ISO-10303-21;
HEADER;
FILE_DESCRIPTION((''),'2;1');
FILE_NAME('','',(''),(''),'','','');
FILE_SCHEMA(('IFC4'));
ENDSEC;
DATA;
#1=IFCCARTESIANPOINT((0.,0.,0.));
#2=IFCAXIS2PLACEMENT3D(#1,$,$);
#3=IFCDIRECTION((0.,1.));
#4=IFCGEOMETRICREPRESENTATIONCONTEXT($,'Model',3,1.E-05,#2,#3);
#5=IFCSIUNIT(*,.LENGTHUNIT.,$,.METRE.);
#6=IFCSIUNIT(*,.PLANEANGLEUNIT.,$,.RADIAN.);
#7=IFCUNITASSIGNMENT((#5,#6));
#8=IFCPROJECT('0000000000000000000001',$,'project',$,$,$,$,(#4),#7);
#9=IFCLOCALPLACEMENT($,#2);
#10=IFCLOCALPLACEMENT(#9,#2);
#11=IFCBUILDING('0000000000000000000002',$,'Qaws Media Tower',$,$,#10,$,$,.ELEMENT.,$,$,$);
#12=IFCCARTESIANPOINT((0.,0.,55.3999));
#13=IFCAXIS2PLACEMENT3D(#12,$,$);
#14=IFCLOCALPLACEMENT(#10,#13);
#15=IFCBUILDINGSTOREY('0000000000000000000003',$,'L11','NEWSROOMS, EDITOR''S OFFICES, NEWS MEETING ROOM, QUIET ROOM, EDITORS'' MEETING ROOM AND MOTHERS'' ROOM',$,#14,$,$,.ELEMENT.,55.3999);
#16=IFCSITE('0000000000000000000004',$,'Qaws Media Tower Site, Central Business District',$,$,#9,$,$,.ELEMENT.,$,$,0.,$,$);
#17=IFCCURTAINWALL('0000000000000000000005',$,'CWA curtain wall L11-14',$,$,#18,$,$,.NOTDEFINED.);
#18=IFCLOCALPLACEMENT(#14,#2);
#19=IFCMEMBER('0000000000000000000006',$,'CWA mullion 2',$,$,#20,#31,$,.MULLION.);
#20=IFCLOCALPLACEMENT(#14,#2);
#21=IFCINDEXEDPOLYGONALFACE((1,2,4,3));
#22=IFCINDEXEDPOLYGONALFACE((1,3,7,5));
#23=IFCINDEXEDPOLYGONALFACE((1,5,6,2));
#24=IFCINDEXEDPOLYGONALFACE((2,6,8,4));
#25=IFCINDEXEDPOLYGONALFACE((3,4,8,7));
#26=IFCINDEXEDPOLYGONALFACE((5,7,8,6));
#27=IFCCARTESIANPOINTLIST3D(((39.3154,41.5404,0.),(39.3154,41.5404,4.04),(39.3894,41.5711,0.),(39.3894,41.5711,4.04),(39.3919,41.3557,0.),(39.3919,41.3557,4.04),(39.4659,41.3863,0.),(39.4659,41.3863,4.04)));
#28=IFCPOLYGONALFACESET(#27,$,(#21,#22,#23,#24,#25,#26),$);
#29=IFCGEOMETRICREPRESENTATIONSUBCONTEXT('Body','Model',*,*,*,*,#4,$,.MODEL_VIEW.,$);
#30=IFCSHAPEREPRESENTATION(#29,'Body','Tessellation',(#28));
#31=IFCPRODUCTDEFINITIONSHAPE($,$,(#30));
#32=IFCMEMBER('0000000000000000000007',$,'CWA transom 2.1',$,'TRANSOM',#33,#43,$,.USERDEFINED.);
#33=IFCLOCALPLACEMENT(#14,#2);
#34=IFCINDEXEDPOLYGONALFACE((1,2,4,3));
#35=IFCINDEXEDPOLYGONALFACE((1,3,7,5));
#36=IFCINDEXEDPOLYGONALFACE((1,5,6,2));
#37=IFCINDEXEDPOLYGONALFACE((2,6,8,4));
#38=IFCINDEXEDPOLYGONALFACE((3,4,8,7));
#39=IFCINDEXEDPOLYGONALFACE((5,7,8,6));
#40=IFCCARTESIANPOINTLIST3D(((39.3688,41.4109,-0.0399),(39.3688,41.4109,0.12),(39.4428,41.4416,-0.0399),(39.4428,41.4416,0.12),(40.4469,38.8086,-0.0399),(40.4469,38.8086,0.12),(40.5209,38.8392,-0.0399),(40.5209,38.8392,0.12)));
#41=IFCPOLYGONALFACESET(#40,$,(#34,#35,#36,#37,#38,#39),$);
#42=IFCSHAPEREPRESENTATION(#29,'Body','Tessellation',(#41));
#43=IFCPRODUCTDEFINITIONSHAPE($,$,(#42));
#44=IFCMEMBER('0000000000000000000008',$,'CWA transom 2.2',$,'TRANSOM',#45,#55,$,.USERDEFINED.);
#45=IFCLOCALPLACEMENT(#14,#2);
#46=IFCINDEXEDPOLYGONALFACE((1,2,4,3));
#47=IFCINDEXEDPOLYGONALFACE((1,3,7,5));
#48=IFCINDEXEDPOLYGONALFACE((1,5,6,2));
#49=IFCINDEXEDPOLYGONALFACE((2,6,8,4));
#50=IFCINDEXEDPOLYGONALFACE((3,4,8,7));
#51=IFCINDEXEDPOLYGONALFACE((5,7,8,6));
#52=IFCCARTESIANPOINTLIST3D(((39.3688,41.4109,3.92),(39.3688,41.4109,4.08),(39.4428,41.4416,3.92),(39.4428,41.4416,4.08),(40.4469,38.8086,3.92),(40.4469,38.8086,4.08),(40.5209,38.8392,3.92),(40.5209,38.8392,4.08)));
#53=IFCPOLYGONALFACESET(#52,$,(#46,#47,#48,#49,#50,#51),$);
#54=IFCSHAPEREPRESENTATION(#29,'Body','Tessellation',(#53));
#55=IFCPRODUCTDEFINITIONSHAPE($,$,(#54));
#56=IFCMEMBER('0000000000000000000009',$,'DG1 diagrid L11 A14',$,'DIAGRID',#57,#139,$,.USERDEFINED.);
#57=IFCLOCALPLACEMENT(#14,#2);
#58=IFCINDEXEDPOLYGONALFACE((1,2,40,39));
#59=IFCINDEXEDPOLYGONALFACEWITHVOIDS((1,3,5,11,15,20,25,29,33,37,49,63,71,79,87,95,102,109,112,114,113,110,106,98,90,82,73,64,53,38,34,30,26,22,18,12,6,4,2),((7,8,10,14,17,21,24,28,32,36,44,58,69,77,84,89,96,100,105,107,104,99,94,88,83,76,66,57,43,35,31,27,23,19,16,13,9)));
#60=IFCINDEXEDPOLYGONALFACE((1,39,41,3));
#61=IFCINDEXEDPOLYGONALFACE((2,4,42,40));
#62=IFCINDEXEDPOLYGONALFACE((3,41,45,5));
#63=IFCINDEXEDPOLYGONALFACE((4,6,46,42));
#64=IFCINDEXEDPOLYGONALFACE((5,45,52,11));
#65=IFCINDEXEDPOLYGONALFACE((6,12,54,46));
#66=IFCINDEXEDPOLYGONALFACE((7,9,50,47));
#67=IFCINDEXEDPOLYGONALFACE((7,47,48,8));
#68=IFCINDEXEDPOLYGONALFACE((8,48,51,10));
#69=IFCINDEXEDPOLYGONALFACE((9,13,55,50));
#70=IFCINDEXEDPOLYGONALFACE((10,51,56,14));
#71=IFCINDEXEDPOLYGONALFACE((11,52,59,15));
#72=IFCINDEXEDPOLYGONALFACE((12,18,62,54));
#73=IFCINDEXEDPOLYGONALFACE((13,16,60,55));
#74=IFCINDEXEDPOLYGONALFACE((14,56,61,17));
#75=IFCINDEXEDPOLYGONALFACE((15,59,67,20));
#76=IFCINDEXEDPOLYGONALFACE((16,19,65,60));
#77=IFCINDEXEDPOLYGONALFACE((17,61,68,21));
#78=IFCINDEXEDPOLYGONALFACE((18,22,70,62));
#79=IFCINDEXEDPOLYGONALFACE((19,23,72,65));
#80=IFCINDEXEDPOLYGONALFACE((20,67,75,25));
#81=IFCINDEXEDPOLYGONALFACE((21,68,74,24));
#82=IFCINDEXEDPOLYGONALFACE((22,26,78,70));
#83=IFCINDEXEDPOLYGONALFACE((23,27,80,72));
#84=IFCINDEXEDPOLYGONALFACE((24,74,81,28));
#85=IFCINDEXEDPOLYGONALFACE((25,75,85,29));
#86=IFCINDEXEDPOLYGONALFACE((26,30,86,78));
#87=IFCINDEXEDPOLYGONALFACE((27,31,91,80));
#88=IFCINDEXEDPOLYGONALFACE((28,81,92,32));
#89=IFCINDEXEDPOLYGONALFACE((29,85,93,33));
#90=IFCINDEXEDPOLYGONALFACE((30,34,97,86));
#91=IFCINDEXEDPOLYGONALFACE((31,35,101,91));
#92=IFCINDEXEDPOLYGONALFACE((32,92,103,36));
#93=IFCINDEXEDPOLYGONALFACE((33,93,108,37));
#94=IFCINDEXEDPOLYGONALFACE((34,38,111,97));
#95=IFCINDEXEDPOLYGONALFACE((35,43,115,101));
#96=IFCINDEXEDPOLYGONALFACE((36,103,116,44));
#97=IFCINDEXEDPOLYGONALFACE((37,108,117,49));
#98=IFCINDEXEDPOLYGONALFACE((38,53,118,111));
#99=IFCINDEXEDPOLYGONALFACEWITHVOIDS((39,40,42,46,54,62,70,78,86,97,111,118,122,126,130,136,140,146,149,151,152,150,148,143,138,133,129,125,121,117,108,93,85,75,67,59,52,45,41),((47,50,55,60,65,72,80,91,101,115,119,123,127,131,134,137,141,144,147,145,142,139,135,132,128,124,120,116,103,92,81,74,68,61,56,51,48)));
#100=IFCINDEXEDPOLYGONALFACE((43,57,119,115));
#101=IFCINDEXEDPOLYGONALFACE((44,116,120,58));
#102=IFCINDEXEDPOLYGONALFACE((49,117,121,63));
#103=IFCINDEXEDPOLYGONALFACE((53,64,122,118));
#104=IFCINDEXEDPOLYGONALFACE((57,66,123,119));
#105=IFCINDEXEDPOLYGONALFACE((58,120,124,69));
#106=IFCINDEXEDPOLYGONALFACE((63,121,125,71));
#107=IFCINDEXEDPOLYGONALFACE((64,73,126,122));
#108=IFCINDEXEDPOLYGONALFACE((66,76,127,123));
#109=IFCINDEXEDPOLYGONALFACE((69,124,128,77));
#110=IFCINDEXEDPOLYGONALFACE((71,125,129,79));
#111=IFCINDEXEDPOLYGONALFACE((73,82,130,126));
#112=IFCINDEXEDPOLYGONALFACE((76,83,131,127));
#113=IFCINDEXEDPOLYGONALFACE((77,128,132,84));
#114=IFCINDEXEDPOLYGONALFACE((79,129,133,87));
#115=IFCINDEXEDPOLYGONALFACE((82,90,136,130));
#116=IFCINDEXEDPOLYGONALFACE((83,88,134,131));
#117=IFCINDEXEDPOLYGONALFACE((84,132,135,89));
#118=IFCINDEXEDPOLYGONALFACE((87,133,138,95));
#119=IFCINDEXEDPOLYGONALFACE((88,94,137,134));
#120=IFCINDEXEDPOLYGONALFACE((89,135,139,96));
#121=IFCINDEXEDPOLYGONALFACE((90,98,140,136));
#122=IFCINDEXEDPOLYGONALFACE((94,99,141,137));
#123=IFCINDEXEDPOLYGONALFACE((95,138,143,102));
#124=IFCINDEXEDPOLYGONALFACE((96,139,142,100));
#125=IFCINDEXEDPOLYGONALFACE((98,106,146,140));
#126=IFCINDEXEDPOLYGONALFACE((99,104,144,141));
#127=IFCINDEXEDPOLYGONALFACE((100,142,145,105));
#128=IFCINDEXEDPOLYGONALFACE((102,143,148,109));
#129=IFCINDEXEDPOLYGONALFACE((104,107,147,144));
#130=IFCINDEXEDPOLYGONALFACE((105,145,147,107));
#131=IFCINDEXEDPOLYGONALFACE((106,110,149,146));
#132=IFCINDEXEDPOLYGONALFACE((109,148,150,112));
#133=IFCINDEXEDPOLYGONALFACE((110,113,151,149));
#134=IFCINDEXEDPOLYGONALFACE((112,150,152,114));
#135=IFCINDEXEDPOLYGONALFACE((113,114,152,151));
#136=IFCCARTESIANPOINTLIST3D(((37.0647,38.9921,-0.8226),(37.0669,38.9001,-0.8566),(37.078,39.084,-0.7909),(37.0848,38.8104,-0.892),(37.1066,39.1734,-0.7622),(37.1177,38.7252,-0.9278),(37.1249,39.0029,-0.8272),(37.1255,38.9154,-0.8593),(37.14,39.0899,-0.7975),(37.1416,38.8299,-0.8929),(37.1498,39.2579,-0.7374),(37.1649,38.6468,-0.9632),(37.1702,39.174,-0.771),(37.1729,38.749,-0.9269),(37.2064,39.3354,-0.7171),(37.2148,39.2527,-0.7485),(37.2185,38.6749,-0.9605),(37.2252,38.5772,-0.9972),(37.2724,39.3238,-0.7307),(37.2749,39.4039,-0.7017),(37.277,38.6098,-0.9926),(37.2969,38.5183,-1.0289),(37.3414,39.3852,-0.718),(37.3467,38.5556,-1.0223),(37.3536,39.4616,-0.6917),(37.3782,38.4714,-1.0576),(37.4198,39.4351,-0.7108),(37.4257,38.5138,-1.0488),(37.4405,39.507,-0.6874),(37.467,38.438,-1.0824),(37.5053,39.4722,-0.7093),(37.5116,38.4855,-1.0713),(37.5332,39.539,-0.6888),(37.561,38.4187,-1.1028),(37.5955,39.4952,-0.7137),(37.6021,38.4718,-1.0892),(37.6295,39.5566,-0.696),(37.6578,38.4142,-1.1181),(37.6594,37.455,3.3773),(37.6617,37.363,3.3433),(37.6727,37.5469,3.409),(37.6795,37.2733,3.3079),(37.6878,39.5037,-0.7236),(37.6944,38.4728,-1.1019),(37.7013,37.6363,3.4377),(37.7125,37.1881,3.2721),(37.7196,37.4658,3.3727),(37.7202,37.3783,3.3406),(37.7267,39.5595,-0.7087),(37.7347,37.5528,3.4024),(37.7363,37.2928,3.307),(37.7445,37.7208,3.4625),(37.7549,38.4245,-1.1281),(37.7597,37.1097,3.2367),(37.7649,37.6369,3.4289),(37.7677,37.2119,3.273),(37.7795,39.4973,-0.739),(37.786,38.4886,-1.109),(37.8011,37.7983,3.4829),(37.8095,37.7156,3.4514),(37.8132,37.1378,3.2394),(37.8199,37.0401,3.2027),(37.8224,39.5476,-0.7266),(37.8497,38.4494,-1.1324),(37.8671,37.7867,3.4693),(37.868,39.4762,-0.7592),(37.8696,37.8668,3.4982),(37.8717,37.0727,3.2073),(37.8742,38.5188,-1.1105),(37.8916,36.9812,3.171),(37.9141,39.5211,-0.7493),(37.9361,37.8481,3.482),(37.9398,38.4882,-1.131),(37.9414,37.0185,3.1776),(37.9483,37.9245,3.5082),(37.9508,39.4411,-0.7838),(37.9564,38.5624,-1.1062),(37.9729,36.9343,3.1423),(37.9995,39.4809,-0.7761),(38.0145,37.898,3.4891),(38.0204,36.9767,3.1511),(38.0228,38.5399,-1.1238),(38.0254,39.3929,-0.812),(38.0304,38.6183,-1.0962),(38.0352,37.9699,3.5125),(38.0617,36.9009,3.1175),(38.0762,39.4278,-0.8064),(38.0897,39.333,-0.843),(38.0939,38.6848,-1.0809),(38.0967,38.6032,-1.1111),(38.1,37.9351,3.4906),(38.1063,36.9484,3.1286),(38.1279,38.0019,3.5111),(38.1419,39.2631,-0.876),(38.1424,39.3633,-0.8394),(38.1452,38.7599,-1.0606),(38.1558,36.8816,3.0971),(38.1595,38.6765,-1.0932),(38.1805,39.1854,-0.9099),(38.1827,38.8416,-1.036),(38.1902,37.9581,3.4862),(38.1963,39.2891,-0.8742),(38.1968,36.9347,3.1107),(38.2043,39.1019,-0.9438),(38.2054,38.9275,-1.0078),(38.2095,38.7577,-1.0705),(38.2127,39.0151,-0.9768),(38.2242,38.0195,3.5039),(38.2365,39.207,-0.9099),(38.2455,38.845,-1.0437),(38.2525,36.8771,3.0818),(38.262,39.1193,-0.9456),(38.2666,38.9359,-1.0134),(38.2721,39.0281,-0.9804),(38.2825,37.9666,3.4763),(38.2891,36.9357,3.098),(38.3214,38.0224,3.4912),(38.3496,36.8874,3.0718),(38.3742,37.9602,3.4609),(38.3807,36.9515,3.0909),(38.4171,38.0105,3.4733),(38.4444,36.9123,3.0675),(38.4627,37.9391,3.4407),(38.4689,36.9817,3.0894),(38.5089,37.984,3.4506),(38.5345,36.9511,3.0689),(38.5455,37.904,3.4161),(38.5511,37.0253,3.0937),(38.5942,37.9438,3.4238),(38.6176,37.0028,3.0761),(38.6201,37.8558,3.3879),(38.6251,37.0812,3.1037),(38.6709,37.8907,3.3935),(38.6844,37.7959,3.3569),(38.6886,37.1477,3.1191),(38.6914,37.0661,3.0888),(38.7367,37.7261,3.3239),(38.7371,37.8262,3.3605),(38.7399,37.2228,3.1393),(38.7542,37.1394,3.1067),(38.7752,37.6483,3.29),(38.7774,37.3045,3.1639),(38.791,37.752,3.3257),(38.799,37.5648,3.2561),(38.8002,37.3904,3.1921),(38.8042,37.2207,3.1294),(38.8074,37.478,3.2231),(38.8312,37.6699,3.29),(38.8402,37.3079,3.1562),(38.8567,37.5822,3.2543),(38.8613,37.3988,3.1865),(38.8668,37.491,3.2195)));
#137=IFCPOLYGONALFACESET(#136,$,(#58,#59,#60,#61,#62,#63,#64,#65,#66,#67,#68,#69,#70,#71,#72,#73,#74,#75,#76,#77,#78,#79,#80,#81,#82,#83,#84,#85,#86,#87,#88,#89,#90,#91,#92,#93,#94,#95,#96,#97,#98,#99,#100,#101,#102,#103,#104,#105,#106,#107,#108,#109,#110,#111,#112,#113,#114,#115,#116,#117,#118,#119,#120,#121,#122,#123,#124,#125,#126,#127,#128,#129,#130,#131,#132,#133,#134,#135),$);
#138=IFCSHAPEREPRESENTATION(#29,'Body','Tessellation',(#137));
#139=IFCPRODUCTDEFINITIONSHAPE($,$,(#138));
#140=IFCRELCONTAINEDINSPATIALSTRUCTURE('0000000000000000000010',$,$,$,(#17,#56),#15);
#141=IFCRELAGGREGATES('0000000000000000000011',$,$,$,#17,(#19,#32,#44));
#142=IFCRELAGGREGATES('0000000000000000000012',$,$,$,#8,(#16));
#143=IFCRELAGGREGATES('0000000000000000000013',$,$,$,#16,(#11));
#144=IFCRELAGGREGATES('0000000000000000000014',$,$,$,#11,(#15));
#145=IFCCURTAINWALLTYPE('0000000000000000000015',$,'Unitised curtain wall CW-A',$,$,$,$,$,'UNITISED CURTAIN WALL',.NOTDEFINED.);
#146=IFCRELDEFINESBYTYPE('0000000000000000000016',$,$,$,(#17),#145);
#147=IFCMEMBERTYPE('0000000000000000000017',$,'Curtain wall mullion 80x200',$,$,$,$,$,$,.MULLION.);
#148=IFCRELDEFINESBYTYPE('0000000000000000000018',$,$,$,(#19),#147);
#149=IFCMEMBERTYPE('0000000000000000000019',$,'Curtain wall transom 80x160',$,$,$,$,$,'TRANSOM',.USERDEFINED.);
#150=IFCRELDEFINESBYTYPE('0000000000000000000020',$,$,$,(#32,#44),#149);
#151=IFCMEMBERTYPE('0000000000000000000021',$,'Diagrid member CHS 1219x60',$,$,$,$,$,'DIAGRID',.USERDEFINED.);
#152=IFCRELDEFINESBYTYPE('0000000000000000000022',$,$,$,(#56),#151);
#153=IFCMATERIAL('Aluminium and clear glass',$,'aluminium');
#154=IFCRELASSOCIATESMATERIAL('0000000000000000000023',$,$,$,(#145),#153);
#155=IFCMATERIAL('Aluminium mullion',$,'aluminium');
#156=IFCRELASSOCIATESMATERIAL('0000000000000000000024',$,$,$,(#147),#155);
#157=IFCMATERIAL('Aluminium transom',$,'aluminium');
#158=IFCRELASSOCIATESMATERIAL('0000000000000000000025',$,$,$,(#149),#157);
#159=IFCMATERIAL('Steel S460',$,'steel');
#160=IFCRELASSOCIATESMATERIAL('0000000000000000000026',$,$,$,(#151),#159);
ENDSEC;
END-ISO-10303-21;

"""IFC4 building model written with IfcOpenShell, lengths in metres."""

from ifc_helpers import new_model, si_unit, direction, frame, origin, origin_2d, place, context, subcontext, project, spatial, rectangle, hollow_circle, extrude, material, material_profile, profile_set, type_object, element, aggregate, save


model = new_model("IFC4")

# Units and contexts
model_context = context("Model", 3, precision=1e-05, world=origin(), true_north=direction((0.0, 1.0)))
body_context = subcontext(model_context, "Body", "Model", "MODEL_VIEW")
ifc_project = project(units=[si_unit("LENGTHUNIT", "METRE"), si_unit("PLANEANGLEUNIT", "RADIAN")], contexts=[model_context])

# Site, building, storey
site_placement = place(None, origin())
site = spatial("IfcSite", under=ifc_project, at=site_placement, Name="Qaws Media Tower Site, Central Business District", CompositionType="ELEMENT", RefElevation=0.0)
building_placement = place(site_placement, origin())
building = spatial("IfcBuilding", under=site, at=building_placement, Name="Qaws Media Tower", CompositionType="ELEMENT")
storey_placement = place(building_placement, frame((0.0, 0.0, 55.3999)))
storey = spatial("IfcBuildingStorey", under=building, at=storey_placement, Name="L11", Description="NEWSROOMS, EDITOR'S OFFICES, NEWS MEETING ROOM, QUIET ROOM, EDITORS' MEETING ROOM AND MOTHERS' ROOM", CompositionType="ELEMENT", Elevation=55.3999)

# Curtain wall, members
ifc_material_1 = material(Name="Aluminium and clear glass", Category="aluminium")
curtain_wall_type = type_object("IfcCurtainWallType", Name="Unitised curtain wall CW-A", ElementType="UNITISED CURTAIN WALL", PredefinedType="NOTDEFINED", material=ifc_material_1)
curtain_wall_placement = place(storey_placement, origin())
curtain_wall = element("IfcCurtainWall", 1, at=curtain_wall_placement, inside=storey, type_object=curtain_wall_type, Name="CWA curtain wall L11-14", PredefinedType="NOTDEFINED")
ifc_material_2 = material(Name="Aluminium mullion", Category="aluminium")
ifc_material_profile_1 = material_profile(ifc_material_2, rectangle(XDim=0.0801, YDim=0.2, at=origin_2d()), Name="80x200")
ifc_profile_set_1 = profile_set([ifc_material_profile_1], Name="Aluminium mullion")
member_type_1 = type_object("IfcMemberType", Name="Curtain wall mullion 80x200", PredefinedType="MULLION", material=ifc_profile_set_1)
member_1_placement = place(storey_placement, frame((39.3906, 41.4634, 0.0), z_axis=(0.0, 0.0, 1.0), x_axis=(0.92388, 0.382683, 0.0)))
member_1 = element("IfcMember", 2, at=member_1_placement, type_object=member_type_1, Name="CWA mullion 2", PredefinedType="MULLION", context=body_context, shape_type="SweptSolid", body=[
    extrude(rectangle(XDim=0.0801, YDim=0.2, at=origin_2d()), origin(), (0.0, 0.0, 1.0), 4.04),
])
ifc_material_3 = material(Name="Aluminium transom", Category="aluminium")
ifc_material_profile_2 = material_profile(ifc_material_3, rectangle(XDim=0.0801, YDim=0.1599, at=origin_2d()), Name="80x160")
ifc_profile_set_2 = profile_set([ifc_material_profile_2], Name="Aluminium transom")
member_type_2 = type_object("IfcMemberType", Name="Curtain wall transom 80x160", ElementType="TRANSOM", PredefinedType="USERDEFINED", material=ifc_profile_set_2)
member_2_placement = place(storey_placement, frame((39.4058, 41.4263, 0.04), z_axis=(0.38275, -0.923852, 0.0), x_axis=(0.923852, 0.38275, 0.0)))
member_2 = element("IfcMember", 3, at=member_2_placement, type_object=member_type_2, Name="CWA transom 2.1", ObjectType="TRANSOM", PredefinedType="USERDEFINED", context=body_context, shape_type="SweptSolid", body=[
    extrude(rectangle(XDim=0.0801, YDim=0.1599, at=origin_2d()), origin(), (0.0, 0.0, 1.0), 2.8169),
])
member_3_placement = place(storey_placement, frame((39.4058, 41.4263, 4.0), z_axis=(0.38275, -0.923852, 0.0), x_axis=(0.923852, 0.38275, 0.0)))
member_3 = element("IfcMember", 4, at=member_3_placement, type_object=member_type_2, Name="CWA transom 2.2", ObjectType="TRANSOM", PredefinedType="USERDEFINED", context=body_context, shape_type="SweptSolid", body=[
    extrude(rectangle(XDim=0.0801, YDim=0.1599, at=origin_2d()), origin(), (0.0, 0.0, 1.0), 2.8169),
])

# Member
ifc_material_4 = material(Name="Steel S460", Category="steel")
ifc_material_profile_3 = material_profile(ifc_material_4, hollow_circle(Radius=0.6096, WallThickness=0.0601, at=origin_2d()), Name="CHS 1219x60")
ifc_profile_set_3 = profile_set([ifc_material_profile_3], Name="Steel S460")
member_type_3 = type_object("IfcMemberType", Name="Diagrid member CHS 1219x60", ElementType="DIAGRID", PredefinedType="USERDEFINED", material=ifc_profile_set_3)
for number, where, z_axis, x_axis, name in (
    (5, (37.668, 38.9871, -0.9099), (0.131817, -0.340689, 0.930889), (0.932626, 0.360844, 0.0), "DG1 diagrid L11 A14"),
):
    element("IfcMember", number, at=place(storey_placement, frame(where, z_axis=z_axis, x_axis=x_axis)), inside=storey, type_object=member_type_3, Name=name, ObjectType="DIAGRID", PredefinedType="USERDEFINED", context=body_context, shape_type="SweptSolid", body=[
        extrude(hollow_circle(Radius=0.6096, WallThickness=0.0601, at=origin_2d()), origin(), (0.0, 0.0, 1.0), 4.5117),
    ])

aggregate(curtain_wall, [member_1, member_2, member_3])

save(model, "model.ifc")
